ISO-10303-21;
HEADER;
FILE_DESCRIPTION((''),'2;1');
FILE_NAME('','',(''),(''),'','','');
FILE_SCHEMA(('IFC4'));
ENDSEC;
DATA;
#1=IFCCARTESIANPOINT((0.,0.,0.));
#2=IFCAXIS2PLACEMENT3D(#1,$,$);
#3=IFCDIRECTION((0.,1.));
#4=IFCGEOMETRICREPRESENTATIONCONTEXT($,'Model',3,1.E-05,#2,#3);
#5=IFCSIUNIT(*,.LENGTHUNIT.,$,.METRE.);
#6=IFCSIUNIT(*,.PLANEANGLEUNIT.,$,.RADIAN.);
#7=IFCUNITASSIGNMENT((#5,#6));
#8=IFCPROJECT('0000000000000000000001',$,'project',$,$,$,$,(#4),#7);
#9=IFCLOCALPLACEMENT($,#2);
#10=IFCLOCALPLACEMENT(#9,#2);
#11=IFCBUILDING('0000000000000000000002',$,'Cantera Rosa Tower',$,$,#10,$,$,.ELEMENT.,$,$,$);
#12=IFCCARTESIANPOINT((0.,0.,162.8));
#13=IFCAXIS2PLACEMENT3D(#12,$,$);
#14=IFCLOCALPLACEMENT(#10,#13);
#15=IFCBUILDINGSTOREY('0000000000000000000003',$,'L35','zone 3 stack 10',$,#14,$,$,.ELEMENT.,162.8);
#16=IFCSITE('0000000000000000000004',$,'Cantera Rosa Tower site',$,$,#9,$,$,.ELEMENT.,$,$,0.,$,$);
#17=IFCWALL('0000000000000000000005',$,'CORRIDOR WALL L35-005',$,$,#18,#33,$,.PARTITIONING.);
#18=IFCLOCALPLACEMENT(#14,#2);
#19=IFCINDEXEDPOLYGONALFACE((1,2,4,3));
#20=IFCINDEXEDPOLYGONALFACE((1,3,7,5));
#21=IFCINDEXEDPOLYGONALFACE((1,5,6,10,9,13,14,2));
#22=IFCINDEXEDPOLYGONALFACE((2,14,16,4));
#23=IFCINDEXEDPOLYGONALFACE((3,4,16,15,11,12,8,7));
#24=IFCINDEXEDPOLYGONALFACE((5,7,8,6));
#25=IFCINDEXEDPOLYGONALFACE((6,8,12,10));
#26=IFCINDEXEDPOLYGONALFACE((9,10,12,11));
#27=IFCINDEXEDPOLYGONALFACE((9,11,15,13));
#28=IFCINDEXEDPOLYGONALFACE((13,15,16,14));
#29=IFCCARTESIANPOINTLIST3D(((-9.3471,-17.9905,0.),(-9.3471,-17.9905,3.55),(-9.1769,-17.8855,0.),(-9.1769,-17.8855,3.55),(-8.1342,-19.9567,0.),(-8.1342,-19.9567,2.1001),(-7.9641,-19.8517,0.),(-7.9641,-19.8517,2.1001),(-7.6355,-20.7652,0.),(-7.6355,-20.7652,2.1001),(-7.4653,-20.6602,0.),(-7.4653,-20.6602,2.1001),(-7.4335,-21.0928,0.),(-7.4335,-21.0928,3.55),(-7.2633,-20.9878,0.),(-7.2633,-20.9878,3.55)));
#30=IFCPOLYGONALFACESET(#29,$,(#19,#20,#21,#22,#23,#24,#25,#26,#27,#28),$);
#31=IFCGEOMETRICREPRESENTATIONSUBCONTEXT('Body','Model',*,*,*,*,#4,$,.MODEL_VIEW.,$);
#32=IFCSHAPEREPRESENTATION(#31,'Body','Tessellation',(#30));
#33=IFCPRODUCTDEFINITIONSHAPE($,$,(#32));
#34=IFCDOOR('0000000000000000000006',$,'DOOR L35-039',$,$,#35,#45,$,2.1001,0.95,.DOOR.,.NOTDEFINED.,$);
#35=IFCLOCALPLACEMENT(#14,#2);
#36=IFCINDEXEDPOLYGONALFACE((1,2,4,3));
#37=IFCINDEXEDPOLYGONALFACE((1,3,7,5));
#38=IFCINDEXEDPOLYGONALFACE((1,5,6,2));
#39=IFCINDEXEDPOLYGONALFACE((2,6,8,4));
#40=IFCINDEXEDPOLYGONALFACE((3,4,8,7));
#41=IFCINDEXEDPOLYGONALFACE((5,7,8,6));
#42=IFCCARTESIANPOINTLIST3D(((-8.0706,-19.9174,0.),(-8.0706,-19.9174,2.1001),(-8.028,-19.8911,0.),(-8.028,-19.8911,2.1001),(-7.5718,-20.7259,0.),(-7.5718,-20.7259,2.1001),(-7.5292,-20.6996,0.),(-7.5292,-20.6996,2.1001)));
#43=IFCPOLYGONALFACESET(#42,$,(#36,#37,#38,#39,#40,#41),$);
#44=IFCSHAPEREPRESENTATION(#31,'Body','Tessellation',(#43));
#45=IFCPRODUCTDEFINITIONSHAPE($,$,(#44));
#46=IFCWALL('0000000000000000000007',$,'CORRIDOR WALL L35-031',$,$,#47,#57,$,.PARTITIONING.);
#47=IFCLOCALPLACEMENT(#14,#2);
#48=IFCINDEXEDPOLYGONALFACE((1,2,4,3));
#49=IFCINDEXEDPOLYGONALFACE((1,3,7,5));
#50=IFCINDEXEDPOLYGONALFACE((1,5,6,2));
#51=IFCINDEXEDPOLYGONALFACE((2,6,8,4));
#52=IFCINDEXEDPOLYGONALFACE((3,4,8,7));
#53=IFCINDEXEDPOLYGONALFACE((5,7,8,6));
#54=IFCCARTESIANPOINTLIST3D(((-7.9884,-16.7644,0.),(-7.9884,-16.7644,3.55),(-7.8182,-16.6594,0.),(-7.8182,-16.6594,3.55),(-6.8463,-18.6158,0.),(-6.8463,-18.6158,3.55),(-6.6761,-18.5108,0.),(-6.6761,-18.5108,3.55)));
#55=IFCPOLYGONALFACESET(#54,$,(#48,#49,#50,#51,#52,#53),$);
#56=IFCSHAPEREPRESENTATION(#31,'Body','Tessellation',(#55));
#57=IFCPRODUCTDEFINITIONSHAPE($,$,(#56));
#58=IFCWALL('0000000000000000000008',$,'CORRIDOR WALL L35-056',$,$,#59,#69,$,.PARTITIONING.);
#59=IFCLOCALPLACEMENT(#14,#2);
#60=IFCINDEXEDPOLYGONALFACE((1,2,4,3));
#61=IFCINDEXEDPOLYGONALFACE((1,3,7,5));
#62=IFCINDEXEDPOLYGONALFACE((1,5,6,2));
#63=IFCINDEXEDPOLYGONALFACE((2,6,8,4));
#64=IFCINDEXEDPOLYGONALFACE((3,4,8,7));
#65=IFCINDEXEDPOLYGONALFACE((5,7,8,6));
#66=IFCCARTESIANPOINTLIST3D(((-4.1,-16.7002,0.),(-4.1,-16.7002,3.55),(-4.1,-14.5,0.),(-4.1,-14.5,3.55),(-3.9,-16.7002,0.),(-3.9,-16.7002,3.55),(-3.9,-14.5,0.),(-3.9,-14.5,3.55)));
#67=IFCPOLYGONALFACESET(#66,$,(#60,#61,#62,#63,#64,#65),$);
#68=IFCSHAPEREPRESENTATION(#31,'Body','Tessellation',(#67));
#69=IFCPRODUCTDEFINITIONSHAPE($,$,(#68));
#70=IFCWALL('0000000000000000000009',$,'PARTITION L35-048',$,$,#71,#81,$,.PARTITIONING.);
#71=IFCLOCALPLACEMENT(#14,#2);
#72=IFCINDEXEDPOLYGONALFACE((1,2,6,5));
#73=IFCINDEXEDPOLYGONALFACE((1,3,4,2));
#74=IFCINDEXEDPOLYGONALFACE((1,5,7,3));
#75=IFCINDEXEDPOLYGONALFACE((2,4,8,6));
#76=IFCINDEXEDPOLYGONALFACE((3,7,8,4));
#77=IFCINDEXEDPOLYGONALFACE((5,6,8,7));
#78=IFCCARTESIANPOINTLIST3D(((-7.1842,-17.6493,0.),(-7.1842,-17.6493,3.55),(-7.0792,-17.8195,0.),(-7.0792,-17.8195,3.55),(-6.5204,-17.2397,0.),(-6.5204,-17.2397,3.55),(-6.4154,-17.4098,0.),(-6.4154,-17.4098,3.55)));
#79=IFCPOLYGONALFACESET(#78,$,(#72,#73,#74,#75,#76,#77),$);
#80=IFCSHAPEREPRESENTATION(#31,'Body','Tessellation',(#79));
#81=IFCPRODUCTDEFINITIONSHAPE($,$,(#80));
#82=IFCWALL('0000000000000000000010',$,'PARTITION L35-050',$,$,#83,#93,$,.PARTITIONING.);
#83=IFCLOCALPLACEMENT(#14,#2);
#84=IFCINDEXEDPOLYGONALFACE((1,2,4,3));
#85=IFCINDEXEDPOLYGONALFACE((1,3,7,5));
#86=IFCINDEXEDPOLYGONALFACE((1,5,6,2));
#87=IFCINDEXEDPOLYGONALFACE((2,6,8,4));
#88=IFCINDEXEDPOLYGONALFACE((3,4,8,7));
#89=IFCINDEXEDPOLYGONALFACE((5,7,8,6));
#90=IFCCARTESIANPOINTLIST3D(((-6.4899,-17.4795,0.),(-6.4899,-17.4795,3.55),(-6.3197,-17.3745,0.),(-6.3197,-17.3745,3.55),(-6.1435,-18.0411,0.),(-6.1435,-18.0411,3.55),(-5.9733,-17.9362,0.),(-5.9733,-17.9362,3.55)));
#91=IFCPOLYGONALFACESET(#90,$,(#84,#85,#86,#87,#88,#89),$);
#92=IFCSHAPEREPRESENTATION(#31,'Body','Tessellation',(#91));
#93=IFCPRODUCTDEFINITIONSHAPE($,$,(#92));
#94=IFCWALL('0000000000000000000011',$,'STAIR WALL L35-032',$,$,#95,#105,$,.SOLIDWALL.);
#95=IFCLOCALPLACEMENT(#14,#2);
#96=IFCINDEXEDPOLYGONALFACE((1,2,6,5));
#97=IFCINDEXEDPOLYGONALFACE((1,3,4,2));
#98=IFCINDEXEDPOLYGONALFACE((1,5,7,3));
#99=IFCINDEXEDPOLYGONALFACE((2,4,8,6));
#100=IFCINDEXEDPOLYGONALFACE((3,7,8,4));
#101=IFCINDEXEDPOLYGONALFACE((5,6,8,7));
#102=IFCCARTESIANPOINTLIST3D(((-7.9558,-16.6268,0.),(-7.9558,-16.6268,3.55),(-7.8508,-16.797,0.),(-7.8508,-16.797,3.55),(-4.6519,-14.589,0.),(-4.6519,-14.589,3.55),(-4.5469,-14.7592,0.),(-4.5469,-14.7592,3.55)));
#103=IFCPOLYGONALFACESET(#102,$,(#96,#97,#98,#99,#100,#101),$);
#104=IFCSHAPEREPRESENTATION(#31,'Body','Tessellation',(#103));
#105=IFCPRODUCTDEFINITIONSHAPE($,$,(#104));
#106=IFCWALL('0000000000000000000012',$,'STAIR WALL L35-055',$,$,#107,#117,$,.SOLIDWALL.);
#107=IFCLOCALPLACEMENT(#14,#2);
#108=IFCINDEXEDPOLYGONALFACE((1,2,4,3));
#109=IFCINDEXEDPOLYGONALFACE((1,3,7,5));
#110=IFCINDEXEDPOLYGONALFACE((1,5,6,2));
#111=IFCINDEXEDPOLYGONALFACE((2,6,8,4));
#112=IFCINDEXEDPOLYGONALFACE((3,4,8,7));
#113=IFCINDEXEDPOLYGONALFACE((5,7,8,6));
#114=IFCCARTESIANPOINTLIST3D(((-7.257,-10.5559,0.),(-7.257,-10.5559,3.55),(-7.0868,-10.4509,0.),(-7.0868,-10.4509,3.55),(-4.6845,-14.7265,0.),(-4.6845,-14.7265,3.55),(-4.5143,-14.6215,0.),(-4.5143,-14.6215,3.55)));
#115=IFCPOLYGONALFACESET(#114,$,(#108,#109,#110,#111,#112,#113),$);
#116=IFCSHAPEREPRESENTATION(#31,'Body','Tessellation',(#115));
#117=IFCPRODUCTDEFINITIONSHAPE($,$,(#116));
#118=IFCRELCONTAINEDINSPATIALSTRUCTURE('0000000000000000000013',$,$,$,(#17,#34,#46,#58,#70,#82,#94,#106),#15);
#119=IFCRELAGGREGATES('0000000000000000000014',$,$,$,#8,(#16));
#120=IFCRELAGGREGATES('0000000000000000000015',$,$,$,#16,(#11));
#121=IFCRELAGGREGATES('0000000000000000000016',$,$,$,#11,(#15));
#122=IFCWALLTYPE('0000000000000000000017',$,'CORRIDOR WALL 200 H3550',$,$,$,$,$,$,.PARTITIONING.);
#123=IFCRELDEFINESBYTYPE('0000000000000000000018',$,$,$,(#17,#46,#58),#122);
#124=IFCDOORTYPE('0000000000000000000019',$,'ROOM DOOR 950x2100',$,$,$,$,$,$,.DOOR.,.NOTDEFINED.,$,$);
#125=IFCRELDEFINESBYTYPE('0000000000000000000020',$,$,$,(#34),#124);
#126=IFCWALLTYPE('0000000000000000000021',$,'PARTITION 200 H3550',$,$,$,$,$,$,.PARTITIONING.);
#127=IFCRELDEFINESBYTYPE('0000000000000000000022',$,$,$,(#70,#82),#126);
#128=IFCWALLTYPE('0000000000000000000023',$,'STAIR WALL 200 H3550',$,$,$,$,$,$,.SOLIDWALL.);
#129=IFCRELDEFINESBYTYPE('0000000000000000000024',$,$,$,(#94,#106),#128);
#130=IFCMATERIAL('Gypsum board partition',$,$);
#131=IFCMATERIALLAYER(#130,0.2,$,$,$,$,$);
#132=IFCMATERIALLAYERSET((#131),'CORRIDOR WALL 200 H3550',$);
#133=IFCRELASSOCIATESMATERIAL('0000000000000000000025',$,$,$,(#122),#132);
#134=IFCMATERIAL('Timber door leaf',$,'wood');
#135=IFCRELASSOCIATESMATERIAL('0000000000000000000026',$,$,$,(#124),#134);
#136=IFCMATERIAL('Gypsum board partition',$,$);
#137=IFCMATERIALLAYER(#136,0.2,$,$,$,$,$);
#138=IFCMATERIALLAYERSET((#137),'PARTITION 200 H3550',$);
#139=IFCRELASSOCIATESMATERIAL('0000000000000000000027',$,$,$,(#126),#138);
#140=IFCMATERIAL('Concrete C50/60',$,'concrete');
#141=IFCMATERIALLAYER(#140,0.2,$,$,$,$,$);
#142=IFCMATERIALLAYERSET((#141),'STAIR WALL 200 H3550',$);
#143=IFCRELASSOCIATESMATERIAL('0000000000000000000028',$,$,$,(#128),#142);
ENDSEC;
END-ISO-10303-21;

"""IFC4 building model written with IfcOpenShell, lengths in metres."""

from ifc_helpers import new_model, si_unit, direction, frame, frame_2d, origin, place, context, subcontext, project, spatial, rectangle, extrude, material, layer, layer_set, type_object, element, fill, save


model = new_model("IFC4")

# Units and contexts
model_context = context("Model", 3, precision=1e-05, world=origin(), true_north=direction((0.0, 1.0)))
body_context = subcontext(model_context, "Body", "Model", "MODEL_VIEW")
ifc_project = project(units=[si_unit("LENGTHUNIT", "METRE"), si_unit("PLANEANGLEUNIT", "RADIAN")], contexts=[model_context])

# Site, building, storey
site_placement = place(None, origin())
site = spatial("IfcSite", under=ifc_project, at=site_placement, Name="Cantera Rosa Tower site", CompositionType="ELEMENT", RefElevation=0.0)
building_placement = place(site_placement, origin())
building = spatial("IfcBuilding", under=site, at=building_placement, Name="Cantera Rosa Tower", CompositionType="ELEMENT")
storey_placement = place(building_placement, frame((0.0, 0.0, 162.8)))
storey = spatial("IfcBuildingStorey", under=building, at=storey_placement, Name="L35", Description="zone 3 stack 10", CompositionType="ELEMENT", Elevation=162.8)

# Wall, opening, door
ifc_material_1 = material(Name="Gypsum board partition")
ifc_layer_1 = layer(ifc_material_1, 0.2)
ifc_layer_set_1 = layer_set([ifc_layer_1], Name="CORRIDOR WALL 200 H3550")
wall_type_1 = type_object("IfcWallType", Name="CORRIDOR WALL 200 H3550", PredefinedType="PARTITIONING", material=ifc_layer_set_1)
wall_1_placement = place(storey_placement, frame((-9.262, -17.938, 0.0), z_axis=(0.0, 0.0, 1.0), x_axis=(0.524987, -0.851111, 0.0)))
wall_1 = element("IfcWall", 1, at=wall_1_placement, inside=storey, type_object=wall_type_1, Name="CORRIDOR WALL L35-005", PredefinedType="PARTITIONING", context=body_context, shape_type="SweptSolid", body=[
    extrude(rectangle(XDim=3.645, YDim=0.2, at=frame_2d((1.8225, 0.0))), origin(), (0.0, 0.0, 1.0), 3.55),
])
opening_placement = place(wall_1_placement, frame((2.3101, 0.0, 0.0)))
opening = element("IfcOpeningElement", 2, at=opening_placement, cuts=wall_1, PredefinedType="OPENING", context=body_context, shape_type="SweptSolid", body=[
    extrude(rectangle(XDim=0.95, YDim=2.1001, at=frame_2d((0.4751, 1.05))), frame((0.0, 0.1099, 0.0), z_axis=(0.0, -1.0, 0.0), x_axis=(1.0, 0.0, 0.0)), (0.0, 0.0, 1.0), 0.22),
])
ifc_material_2 = material(Name="Timber door leaf", Category="wood")
door_type = type_object("IfcDoorType", Name="ROOM DOOR 950x2100", OperationType="NOTDEFINED", PredefinedType="DOOR", material=ifc_material_2)
door_placement = place(opening_placement, origin())
door = element("IfcDoor", 3, at=door_placement, inside=storey, type_object=door_type, Name="DOOR L35-039", OperationType="NOTDEFINED", OverallHeight=2.1001, OverallWidth=0.95, PredefinedType="DOOR", context=body_context, shape_type="SweptSolid", body=[
    extrude(rectangle(XDim=0.95, YDim=2.1001, at=frame_2d((0.4751, 1.05))), frame((0.0, 0.0249, 0.0), z_axis=(0.0, -1.0, 0.0), x_axis=(1.0, 0.0, 0.0)), (0.0, 0.0, 1.0), 0.05),
])
fill(opening, door)

# Walls
wall_2_placement = place(storey_placement, frame((-7.9033, -16.7119, 0.0), z_axis=(0.0, 0.0, 1.0), x_axis=(0.525036, -0.85108, 0.0)))
element("IfcWall", 4, at=wall_2_placement, inside=storey, type_object=wall_type_1, Name="CORRIDOR WALL L35-031", PredefinedType="PARTITIONING", context=body_context, shape_type="SweptSolid", body=[
    extrude(rectangle(XDim=2.1753, YDim=0.2, at=frame_2d((1.0876, 0.0))), origin(), (0.0, 0.0, 1.0), 3.55),
])
wall_3_placement = place(storey_placement, frame((-4.0, -14.5, 0.0), z_axis=(0.0, 0.0, 1.0), x_axis=(0.0, -1.0, 0.0)))
element("IfcWall", 5, at=wall_3_placement, inside=storey, type_object=wall_type_1, Name="CORRIDOR WALL L35-056", PredefinedType="PARTITIONING", context=body_context, shape_type="SweptSolid", body=[
    extrude(rectangle(XDim=2.2002, YDim=0.2, at=frame_2d((1.1001, 0.0))), origin(), (0.0, 0.0, 1.0), 3.55),
])
ifc_material_3 = material(Name="Gypsum board partition")
ifc_layer_2 = layer(ifc_material_3, 0.2)
ifc_layer_set_2 = layer_set([ifc_layer_2], Name="PARTITION 200 H3550")
wall_type_2 = type_object("IfcWallType", Name="PARTITION 200 H3550", PredefinedType="PARTITIONING", material=ifc_layer_set_2)
wall_4_placement = place(storey_placement, frame((-6.4678, -17.3247, 0.0), z_axis=(0.0, 0.0, 1.0), x_axis=(-0.850991, -0.52518, 0.0)))
element("IfcWall", 6, at=wall_4_placement, inside=storey, type_object=wall_type_2, Name="PARTITION L35-048", PredefinedType="PARTITIONING", context=body_context, shape_type="SweptSolid", body=[
    extrude(rectangle(XDim=0.78, YDim=0.2, at=frame_2d((0.3901, 0.0))), origin(), (0.0, 0.0, 1.0), 3.55),
])
wall_5_placement = place(storey_placement, frame((-6.0583, -17.9888, 0.0), z_axis=(0.0, 0.0, 1.0), x_axis=(-0.524902, 0.851163, 0.0)))
element("IfcWall", 7, at=wall_5_placement, inside=storey, type_object=wall_type_2, Name="PARTITION L35-050", PredefinedType="PARTITIONING", context=body_context, shape_type="SweptSolid", body=[
    extrude(rectangle(XDim=0.6599, YDim=0.2, at=frame_2d((0.3301, 0.0))), origin(), (0.0, 0.0, 1.0), 3.55),
])
ifc_material_4 = material(Name="Concrete C50/60", Category="concrete")
ifc_layer_3 = layer(ifc_material_4, 0.2)
ifc_layer_set_3 = layer_set([ifc_layer_3], Name="STAIR WALL 200 H3550")
wall_type_3 = type_object("IfcWallType", Name="STAIR WALL 200 H3550", PredefinedType="SOLIDWALL", material=ifc_layer_set_3)
wall_6_placement = place(storey_placement, frame((-7.9033, -16.7119, 0.0), z_axis=(0.0, 0.0, 1.0), x_axis=(0.851125, 0.524964, 0.0)))
element("IfcWall", 8, at=wall_6_placement, inside=storey, type_object=wall_type_3, Name="STAIR WALL L35-032", PredefinedType="SOLIDWALL", context=body_context, shape_type="SweptSolid", body=[
    extrude(rectangle(XDim=3.8818, YDim=0.2, at=frame_2d((1.9409, 0.0))), origin(), (0.0, 0.0, 1.0), 3.55),
])
wall_7_placement = place(storey_placement, frame((-4.5994, -14.6741, 0.0), z_axis=(0.0, 0.0, 1.0), x_axis=(-0.524978, 0.851116, 0.0)))
element("IfcWall", 9, at=wall_7_placement, inside=storey, type_object=wall_type_3, Name="STAIR WALL L35-055", PredefinedType="SOLIDWALL", context=body_context, shape_type="SweptSolid", body=[
    extrude(rectangle(XDim=4.9001, YDim=0.2, at=frame_2d((2.4502, 0.0))), origin(), (0.0, 0.0, 1.0), 3.55),
])

save(model, "model.ifc")
